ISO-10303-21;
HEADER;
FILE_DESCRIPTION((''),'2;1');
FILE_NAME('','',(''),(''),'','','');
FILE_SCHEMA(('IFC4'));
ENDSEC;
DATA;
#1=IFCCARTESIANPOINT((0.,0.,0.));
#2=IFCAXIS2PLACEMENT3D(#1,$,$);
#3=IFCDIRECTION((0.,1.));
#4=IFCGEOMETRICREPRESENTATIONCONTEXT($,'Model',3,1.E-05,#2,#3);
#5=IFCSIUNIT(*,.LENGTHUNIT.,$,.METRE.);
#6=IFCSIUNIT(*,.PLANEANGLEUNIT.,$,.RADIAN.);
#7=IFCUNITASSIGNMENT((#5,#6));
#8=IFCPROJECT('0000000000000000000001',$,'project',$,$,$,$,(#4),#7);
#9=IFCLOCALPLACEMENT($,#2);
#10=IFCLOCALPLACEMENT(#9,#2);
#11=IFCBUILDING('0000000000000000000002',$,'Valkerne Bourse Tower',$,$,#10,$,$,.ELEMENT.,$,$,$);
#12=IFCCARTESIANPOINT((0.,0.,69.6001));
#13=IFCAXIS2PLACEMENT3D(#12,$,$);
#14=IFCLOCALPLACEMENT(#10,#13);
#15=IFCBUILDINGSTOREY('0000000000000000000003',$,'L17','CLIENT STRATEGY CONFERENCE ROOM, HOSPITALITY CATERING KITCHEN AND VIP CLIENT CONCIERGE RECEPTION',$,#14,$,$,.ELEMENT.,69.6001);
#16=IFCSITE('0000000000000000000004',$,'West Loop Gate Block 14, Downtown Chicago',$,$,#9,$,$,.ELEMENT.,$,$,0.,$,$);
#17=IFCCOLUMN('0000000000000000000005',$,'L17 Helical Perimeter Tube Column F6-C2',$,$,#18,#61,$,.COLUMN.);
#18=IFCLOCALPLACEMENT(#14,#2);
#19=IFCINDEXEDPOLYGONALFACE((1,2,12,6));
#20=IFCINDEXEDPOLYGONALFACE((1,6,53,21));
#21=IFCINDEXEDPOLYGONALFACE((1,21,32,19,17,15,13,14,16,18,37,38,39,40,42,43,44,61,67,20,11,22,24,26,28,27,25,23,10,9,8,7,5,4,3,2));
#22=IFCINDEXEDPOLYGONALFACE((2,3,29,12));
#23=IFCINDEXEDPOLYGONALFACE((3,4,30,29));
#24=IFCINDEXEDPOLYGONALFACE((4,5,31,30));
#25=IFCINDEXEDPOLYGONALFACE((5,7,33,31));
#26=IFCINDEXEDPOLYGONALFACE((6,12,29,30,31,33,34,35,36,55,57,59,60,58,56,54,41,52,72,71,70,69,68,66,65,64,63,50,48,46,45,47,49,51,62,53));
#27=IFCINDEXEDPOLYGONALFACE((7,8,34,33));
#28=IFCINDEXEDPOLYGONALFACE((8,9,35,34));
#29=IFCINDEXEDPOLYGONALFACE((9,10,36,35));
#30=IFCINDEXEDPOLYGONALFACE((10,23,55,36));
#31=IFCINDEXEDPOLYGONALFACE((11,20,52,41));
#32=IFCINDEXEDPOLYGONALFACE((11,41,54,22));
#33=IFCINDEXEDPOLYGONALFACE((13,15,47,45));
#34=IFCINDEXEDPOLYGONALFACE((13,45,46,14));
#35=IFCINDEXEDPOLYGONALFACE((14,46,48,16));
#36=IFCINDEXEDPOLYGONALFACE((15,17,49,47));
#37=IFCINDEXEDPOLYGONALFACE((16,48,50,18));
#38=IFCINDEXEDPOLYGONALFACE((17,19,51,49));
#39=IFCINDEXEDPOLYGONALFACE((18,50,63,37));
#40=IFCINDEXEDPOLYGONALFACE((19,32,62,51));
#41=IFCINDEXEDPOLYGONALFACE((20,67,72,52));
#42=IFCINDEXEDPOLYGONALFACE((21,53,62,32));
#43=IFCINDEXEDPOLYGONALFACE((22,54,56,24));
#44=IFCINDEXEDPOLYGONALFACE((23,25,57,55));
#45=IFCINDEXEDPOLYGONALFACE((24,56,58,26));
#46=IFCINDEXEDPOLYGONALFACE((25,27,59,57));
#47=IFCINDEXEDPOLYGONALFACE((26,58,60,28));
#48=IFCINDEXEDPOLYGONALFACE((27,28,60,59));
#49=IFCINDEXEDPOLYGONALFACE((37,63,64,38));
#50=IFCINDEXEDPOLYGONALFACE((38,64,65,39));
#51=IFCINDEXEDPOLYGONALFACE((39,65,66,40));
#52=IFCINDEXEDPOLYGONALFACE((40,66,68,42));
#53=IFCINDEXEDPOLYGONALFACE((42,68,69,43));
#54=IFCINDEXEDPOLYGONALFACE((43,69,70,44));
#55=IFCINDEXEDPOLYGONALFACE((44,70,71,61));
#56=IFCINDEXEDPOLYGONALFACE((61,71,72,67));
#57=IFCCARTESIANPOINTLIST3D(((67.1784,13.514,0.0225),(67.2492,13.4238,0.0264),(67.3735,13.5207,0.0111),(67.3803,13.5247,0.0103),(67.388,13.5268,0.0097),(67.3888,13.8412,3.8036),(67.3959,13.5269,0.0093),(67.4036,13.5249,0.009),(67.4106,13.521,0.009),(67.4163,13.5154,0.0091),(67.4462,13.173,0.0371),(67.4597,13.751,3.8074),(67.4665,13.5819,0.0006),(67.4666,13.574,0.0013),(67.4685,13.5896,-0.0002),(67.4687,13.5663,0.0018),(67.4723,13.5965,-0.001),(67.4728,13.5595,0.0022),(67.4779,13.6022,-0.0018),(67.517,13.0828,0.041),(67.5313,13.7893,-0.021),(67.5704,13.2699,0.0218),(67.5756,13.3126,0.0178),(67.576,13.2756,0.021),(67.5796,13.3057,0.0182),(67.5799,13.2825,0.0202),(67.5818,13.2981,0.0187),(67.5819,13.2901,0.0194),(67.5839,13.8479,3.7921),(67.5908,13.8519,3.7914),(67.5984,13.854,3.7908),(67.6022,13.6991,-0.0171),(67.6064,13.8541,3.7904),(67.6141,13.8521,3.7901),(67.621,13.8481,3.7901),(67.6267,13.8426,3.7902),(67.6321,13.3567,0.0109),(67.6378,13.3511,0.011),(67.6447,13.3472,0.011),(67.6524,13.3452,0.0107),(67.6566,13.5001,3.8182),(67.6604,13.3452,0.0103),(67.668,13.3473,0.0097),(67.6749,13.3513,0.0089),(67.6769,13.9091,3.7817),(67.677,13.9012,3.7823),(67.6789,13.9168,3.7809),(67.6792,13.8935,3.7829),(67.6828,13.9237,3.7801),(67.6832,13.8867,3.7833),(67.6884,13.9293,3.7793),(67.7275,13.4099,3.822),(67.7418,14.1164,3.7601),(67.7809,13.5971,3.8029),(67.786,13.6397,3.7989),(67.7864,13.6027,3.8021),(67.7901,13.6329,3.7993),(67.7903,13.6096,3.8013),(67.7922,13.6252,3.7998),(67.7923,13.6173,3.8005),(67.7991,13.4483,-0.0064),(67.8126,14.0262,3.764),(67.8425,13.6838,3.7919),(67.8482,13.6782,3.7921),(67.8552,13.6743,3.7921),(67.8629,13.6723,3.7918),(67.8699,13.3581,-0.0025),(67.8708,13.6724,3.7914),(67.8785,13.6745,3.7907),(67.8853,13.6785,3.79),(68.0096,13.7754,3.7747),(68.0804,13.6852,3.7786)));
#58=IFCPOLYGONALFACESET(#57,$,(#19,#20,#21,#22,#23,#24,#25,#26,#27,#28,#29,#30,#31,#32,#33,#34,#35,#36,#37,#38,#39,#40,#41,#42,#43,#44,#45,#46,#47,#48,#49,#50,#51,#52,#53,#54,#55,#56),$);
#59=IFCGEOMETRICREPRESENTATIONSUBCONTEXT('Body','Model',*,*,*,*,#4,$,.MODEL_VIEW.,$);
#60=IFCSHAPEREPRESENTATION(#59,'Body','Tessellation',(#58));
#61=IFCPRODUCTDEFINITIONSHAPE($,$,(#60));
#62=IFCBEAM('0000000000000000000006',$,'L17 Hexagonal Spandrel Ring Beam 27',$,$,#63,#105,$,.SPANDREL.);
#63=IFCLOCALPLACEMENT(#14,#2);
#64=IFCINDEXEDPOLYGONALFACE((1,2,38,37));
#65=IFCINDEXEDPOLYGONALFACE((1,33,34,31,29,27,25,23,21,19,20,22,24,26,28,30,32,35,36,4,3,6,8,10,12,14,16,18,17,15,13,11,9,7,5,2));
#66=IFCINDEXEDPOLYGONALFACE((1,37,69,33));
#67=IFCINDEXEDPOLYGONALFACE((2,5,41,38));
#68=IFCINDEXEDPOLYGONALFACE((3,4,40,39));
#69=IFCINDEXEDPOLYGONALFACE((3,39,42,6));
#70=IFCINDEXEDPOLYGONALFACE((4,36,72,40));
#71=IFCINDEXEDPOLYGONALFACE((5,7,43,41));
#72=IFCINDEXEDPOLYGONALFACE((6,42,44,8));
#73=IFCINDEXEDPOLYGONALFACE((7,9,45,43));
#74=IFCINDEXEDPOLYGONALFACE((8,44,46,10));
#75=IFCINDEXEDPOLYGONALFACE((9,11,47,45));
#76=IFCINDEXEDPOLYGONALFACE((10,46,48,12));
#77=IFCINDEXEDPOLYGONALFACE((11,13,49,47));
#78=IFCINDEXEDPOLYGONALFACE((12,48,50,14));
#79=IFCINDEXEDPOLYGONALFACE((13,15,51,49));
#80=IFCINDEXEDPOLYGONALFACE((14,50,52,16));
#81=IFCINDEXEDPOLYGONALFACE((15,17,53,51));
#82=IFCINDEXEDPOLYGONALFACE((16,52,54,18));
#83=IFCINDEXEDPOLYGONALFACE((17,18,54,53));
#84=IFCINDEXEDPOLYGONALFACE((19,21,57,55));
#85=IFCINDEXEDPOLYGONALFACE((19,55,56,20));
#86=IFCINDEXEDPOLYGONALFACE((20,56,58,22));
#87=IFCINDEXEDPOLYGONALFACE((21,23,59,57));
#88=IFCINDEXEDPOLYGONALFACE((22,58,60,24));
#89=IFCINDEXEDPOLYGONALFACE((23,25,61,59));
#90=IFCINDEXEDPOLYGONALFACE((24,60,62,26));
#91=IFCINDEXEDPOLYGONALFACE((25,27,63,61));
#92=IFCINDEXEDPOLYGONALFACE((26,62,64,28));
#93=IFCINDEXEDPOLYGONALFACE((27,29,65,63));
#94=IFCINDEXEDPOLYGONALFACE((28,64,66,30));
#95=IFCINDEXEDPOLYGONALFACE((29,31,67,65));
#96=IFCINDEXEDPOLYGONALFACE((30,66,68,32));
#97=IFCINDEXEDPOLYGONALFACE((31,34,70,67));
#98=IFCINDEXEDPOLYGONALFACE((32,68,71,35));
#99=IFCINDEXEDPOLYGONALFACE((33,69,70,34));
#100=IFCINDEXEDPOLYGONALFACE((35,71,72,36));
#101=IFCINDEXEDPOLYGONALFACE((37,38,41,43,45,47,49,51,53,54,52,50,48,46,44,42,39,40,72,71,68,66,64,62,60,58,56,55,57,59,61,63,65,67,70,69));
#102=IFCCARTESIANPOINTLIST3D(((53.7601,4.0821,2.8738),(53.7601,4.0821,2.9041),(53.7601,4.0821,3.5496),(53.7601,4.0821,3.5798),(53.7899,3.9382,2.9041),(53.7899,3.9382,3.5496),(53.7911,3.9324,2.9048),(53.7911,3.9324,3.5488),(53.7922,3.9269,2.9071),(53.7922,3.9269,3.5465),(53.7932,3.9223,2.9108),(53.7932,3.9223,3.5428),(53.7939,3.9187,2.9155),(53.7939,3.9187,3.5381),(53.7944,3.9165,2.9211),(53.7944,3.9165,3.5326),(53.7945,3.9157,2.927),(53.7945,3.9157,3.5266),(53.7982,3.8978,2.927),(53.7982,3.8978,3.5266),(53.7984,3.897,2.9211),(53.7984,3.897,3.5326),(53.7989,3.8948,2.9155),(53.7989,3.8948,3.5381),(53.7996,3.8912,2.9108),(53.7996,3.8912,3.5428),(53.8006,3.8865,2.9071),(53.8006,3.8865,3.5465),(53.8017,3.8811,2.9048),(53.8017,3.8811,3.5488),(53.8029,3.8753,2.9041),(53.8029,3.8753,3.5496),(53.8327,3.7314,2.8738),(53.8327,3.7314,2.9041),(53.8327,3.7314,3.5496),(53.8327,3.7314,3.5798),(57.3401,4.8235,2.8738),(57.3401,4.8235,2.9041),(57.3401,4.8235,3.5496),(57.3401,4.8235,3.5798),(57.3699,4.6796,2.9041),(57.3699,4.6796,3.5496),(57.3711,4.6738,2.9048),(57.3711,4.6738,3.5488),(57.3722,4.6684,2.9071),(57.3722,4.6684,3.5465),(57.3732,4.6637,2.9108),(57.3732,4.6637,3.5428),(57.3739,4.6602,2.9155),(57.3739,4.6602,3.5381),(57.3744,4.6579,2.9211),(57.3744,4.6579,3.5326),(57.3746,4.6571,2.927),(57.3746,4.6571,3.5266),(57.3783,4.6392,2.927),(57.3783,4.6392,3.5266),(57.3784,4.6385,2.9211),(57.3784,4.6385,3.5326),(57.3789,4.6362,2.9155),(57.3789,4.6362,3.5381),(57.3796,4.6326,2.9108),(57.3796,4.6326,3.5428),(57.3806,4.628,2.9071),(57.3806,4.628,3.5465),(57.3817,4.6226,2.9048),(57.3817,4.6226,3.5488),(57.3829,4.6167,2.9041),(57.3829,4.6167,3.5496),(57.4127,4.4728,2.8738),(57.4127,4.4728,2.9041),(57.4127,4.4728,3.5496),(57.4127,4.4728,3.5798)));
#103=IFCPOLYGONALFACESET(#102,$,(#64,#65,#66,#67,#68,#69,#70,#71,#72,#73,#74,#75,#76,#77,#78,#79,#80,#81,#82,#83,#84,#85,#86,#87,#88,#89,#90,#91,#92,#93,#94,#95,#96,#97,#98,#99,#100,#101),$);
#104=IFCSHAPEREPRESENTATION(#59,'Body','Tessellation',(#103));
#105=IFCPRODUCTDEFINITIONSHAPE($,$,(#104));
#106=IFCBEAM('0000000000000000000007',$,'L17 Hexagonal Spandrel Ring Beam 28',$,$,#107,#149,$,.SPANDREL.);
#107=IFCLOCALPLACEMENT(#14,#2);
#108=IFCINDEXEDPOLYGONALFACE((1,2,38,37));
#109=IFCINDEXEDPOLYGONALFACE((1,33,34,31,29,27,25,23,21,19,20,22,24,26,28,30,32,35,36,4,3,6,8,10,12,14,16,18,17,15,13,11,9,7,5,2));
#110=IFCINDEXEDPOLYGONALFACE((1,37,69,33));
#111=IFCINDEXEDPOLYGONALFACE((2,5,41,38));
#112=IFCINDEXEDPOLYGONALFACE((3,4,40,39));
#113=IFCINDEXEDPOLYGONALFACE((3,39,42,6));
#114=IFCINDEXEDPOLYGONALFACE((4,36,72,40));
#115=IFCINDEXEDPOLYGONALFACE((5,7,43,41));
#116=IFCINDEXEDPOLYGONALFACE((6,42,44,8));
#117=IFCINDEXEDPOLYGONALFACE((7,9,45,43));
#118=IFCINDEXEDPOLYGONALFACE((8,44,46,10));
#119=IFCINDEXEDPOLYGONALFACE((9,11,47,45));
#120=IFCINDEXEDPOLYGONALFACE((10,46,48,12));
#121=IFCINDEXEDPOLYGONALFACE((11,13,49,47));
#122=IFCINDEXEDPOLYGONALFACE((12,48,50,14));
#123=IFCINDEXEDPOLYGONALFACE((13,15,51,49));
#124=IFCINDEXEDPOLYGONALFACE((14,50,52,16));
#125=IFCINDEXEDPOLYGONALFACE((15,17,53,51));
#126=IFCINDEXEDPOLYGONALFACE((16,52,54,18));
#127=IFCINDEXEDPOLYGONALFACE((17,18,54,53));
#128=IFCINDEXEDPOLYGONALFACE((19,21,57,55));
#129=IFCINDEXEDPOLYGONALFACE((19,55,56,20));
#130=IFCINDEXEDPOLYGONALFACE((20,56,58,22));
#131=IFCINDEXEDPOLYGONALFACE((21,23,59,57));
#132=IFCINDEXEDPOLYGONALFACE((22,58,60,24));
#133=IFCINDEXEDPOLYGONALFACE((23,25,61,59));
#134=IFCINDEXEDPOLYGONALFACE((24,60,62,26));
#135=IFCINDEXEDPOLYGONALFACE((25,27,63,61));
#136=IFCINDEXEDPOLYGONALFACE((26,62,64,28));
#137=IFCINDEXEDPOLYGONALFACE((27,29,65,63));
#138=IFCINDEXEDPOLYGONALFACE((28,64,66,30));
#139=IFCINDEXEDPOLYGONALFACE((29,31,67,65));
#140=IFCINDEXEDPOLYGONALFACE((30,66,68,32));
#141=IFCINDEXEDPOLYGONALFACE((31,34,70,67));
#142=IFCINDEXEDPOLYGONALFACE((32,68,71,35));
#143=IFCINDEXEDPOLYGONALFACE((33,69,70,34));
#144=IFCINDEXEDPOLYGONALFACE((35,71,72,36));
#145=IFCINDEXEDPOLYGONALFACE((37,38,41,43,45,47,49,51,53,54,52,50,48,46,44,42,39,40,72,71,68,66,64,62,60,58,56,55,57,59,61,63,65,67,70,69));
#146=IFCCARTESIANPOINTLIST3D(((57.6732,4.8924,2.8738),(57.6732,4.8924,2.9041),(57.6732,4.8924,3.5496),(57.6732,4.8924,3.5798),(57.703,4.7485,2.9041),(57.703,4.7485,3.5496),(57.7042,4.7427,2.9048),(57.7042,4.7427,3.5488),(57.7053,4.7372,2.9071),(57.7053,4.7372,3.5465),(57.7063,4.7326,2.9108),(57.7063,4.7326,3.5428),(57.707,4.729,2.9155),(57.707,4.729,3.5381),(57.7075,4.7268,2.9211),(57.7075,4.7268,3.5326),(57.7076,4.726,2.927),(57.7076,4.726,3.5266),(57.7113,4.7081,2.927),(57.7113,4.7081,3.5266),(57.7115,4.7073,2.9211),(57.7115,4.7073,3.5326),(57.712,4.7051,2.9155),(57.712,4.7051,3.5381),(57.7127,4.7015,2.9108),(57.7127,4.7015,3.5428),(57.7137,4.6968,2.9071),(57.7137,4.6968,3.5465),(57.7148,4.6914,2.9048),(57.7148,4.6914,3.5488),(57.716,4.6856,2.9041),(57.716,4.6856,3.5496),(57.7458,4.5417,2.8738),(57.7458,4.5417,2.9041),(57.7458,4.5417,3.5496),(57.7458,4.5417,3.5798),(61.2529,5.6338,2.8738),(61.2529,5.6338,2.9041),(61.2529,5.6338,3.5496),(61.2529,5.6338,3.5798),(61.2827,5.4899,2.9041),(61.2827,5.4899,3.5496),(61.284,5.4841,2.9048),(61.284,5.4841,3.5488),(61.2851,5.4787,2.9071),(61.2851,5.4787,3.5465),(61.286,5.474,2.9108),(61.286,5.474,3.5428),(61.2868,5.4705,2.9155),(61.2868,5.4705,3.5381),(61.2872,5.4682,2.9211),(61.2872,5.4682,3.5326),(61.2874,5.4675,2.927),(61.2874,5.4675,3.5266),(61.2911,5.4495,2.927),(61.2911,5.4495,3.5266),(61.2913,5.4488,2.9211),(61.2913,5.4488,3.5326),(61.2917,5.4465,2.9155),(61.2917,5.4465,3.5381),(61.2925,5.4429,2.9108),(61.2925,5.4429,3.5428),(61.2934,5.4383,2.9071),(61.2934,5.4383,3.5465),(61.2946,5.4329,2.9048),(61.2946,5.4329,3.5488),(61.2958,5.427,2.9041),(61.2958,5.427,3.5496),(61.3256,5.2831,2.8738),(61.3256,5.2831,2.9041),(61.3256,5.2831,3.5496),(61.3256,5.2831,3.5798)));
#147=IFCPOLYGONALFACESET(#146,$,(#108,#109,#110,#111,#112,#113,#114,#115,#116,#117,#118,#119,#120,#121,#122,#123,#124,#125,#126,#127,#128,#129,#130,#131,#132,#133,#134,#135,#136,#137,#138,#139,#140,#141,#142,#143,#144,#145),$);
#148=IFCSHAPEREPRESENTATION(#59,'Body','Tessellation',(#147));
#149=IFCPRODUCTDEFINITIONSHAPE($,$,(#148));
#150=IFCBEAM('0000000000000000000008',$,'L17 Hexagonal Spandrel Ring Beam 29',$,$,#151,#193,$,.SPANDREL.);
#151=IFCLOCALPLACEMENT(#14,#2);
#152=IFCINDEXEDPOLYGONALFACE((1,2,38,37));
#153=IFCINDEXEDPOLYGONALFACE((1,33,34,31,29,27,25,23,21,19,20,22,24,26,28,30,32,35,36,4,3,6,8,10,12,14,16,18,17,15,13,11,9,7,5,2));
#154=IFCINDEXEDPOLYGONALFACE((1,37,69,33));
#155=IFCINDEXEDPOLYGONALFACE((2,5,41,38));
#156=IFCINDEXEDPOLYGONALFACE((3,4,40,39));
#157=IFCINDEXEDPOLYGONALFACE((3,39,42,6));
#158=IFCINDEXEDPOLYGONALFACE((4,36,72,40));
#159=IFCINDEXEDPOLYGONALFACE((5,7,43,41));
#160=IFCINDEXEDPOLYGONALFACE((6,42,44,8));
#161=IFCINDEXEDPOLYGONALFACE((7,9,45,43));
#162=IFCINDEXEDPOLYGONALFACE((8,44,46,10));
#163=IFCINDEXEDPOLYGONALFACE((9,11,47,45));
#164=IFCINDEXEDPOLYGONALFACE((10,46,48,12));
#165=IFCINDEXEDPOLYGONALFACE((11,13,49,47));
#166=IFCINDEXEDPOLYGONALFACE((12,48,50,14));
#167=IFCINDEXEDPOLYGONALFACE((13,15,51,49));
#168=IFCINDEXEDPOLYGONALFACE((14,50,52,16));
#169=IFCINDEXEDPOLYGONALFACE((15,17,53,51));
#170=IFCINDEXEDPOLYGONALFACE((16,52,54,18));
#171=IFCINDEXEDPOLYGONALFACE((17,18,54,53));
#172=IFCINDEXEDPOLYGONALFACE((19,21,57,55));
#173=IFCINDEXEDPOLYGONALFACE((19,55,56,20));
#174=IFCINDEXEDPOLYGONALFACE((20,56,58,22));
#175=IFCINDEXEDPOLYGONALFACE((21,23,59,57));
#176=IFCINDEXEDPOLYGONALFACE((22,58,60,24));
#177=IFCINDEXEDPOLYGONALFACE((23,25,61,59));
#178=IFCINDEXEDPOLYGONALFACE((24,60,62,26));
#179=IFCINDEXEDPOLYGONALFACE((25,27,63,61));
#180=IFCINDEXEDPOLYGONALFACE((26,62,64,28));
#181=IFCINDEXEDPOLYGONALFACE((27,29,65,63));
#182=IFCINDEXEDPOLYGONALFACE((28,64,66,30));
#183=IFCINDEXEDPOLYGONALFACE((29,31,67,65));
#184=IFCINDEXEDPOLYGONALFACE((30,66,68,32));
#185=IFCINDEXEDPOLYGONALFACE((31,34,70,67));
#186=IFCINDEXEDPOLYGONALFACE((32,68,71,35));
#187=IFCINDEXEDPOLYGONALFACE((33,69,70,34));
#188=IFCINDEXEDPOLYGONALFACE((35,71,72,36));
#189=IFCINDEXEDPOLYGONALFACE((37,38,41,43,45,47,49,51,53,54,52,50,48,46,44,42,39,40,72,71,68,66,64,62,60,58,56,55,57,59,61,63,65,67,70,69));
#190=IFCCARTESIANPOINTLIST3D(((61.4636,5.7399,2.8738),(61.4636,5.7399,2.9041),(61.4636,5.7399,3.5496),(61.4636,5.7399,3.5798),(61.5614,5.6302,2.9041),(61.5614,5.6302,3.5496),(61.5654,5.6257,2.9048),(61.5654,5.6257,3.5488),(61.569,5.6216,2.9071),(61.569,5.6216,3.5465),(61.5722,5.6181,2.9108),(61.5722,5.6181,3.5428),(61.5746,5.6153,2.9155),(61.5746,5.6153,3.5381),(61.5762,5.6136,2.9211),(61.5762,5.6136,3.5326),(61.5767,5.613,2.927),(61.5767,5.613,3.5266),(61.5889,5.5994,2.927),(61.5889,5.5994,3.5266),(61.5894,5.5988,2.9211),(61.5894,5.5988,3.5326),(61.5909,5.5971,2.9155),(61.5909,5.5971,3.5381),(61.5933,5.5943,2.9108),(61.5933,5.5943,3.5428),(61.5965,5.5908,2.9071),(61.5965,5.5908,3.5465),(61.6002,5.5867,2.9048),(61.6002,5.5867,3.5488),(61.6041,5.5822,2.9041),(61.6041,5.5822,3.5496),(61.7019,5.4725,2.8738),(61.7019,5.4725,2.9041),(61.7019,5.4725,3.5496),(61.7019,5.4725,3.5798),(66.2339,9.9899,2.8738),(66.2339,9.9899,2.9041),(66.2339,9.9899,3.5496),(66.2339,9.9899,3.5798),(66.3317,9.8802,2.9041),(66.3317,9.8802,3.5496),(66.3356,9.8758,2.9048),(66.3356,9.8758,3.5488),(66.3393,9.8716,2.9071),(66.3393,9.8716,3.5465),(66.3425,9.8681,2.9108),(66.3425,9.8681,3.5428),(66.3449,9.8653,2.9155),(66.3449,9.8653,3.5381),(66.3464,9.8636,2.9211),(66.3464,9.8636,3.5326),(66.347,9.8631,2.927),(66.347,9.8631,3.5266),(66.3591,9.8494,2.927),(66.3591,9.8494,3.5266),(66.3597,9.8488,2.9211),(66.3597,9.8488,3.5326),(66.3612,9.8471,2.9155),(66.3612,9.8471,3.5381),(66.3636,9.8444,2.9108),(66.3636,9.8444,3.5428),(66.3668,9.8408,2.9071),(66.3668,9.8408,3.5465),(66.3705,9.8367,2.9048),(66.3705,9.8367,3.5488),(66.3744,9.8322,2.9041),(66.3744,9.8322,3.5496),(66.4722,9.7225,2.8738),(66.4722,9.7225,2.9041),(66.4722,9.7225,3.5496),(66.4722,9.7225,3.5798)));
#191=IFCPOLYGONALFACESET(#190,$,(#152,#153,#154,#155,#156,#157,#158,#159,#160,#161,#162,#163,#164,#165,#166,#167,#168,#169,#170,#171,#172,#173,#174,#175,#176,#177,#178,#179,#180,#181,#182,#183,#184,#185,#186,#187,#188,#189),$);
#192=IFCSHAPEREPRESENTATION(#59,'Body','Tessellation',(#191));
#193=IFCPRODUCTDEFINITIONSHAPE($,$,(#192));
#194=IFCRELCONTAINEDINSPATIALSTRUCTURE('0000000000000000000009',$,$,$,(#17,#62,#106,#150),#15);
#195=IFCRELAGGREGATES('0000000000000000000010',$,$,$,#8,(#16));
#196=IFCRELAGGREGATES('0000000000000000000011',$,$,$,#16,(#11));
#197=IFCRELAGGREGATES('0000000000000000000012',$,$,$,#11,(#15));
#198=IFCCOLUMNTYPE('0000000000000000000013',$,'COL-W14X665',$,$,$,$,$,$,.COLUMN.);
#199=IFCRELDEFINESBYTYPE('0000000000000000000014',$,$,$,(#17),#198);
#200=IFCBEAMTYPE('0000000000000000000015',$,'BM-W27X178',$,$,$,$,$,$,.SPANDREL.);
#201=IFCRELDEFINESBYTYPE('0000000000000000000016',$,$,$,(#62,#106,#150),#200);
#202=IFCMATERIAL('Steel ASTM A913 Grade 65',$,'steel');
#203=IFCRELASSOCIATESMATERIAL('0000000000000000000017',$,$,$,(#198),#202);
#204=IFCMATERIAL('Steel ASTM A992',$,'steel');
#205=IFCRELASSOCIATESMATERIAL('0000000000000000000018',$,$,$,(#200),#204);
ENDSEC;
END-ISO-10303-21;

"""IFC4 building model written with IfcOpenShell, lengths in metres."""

from ifc_helpers import new_model, si_unit, direction, frame, origin, origin_2d, place, context, subcontext, project, spatial, i_section, extrude, material, material_profile, profile_set, type_object, element, save


model = new_model("IFC4")

# Units and contexts
model_context = context("Model", 3, precision=1e-05, world=origin(), true_north=direction((0.0, 1.0)))
body_context = subcontext(model_context, "Body", "Model", "MODEL_VIEW")
ifc_project = project(units=[si_unit("LENGTHUNIT", "METRE"), si_unit("PLANEANGLEUNIT", "RADIAN")], contexts=[model_context])

# Site, building, storey
site_placement = place(None, origin())
site = spatial("IfcSite", under=ifc_project, at=site_placement, Name="West Loop Gate Block 14, Downtown Chicago", CompositionType="ELEMENT", RefElevation=0.0)
building_placement = place(site_placement, origin())
building = spatial("IfcBuilding", under=site, at=building_placement, Name="Valkerne Bourse Tower", CompositionType="ELEMENT")
storey_placement = place(building_placement, frame((0.0, 0.0, 69.6001)))
storey = spatial("IfcBuildingStorey", under=building, at=storey_placement, Name="L17", Description="CLIENT STRATEGY CONFERENCE ROOM, HOSPITALITY CATERING KITCHEN AND VIP CLIENT CONCIERGE RECEPTION", CompositionType="ELEMENT", Elevation=69.6001)

# Column
ifc_material_1 = material(Name="Steel ASTM A913 Grade 65", Category="steel")
ifc_material_profile_1 = material_profile(ifc_material_1, i_section(OverallWidth=0.4497, OverallDepth=0.5486, WebThickness=0.072, FlangeThickness=0.1147, FilletRadius=0.0305, at=origin_2d()), Name="W14X665")
ifc_profile_set_1 = profile_set([ifc_material_profile_1], Name="Steel ASTM A913 Grade 65")
column_type = type_object("IfcColumnType", Name="COL-W14X665", PredefinedType="COLUMN", material=ifc_profile_set_1)
column_1_placement = place(storey_placement, frame((67.5242, 13.436, 0.01), z_axis=(0.055367, 0.08607, 0.994749), x_axis=(-0.784818, -0.612144, 0.096648)))
element("IfcColumn", 1, at=column_1_placement, inside=storey, type_object=column_type, Name="L17 Helical Perimeter Tube Column F6-C2", PredefinedType="COLUMN", context=body_context, shape_type="SweptSolid", body=[
    extrude(i_section(OverallWidth=0.4497, OverallDepth=0.5486, WebThickness=0.072, FlangeThickness=0.1147, FilletRadius=0.0305, at=origin_2d()), origin(), (0.0, 0.0, 1.0), 3.801),
])

# Beams
ifc_material_2 = material(Name="Steel ASTM A992", Category="steel")
ifc_material_profile_2 = material_profile(ifc_material_2, i_section(OverallWidth=0.3582, OverallDepth=0.7061, WebThickness=0.0183, FlangeThickness=0.0303, FilletRadius=0.0229, at=origin_2d()), Name="W27X178")
ifc_profile_set_2 = profile_set([ifc_material_profile_2], Name="Steel ASTM A992")
beam_type = type_object("IfcBeamType", Name="BM-W27X178", PredefinedType="SPANDREL", material=ifc_profile_set_2)
beam_1_placement = place(storey_placement, frame((53.7964, 3.9067, 3.2268), z_axis=(0.97922, 0.202802, 0.0), x_axis=(-0.202802, 0.97922, 0.0)))
element("IfcBeam", 2, at=beam_1_placement, inside=storey, type_object=beam_type, Name="L17 Hexagonal Spandrel Ring Beam 27", PredefinedType="SPANDREL", context=body_context, shape_type="SweptSolid", body=[
    extrude(i_section(OverallWidth=0.3582, OverallDepth=0.7061, WebThickness=0.0183, FlangeThickness=0.0303, FilletRadius=0.0229, at=origin_2d()), origin(), (0.0, 0.0, 1.0), 3.656),
])
beam_2_placement = place(storey_placement, frame((57.7095, 4.717, 3.2268), z_axis=(0.979217, 0.202815, 0.0), x_axis=(-0.202815, 0.979217, 0.0)))
element("IfcBeam", 3, at=beam_2_placement, inside=storey, type_object=beam_type, Name="L17 Hexagonal Spandrel Ring Beam 28", PredefinedType="SPANDREL", context=body_context, shape_type="SweptSolid", body=[
    extrude(i_section(OverallWidth=0.3582, OverallDepth=0.7061, WebThickness=0.0183, FlangeThickness=0.0303, FilletRadius=0.0229, at=origin_2d()), origin(), (0.0, 0.0, 1.0), 3.6558),
])
beam_3_placement = place(storey_placement, frame((61.5828, 5.6062, 3.2268), z_axis=(0.74665, 0.665217, 0.0), x_axis=(-0.665217, 0.74665, 0.0)))
element("IfcBeam", 4, at=beam_3_placement, inside=storey, type_object=beam_type, Name="L17 Hexagonal Spandrel Ring Beam 29", PredefinedType="SPANDREL", context=body_context, shape_type="SweptSolid", body=[
    extrude(i_section(OverallWidth=0.3582, OverallDepth=0.7061, WebThickness=0.0183, FlangeThickness=0.0303, FilletRadius=0.0229, at=origin_2d()), origin(), (0.0, 0.0, 1.0), 6.3889),
])

save(model, "model.ifc")
